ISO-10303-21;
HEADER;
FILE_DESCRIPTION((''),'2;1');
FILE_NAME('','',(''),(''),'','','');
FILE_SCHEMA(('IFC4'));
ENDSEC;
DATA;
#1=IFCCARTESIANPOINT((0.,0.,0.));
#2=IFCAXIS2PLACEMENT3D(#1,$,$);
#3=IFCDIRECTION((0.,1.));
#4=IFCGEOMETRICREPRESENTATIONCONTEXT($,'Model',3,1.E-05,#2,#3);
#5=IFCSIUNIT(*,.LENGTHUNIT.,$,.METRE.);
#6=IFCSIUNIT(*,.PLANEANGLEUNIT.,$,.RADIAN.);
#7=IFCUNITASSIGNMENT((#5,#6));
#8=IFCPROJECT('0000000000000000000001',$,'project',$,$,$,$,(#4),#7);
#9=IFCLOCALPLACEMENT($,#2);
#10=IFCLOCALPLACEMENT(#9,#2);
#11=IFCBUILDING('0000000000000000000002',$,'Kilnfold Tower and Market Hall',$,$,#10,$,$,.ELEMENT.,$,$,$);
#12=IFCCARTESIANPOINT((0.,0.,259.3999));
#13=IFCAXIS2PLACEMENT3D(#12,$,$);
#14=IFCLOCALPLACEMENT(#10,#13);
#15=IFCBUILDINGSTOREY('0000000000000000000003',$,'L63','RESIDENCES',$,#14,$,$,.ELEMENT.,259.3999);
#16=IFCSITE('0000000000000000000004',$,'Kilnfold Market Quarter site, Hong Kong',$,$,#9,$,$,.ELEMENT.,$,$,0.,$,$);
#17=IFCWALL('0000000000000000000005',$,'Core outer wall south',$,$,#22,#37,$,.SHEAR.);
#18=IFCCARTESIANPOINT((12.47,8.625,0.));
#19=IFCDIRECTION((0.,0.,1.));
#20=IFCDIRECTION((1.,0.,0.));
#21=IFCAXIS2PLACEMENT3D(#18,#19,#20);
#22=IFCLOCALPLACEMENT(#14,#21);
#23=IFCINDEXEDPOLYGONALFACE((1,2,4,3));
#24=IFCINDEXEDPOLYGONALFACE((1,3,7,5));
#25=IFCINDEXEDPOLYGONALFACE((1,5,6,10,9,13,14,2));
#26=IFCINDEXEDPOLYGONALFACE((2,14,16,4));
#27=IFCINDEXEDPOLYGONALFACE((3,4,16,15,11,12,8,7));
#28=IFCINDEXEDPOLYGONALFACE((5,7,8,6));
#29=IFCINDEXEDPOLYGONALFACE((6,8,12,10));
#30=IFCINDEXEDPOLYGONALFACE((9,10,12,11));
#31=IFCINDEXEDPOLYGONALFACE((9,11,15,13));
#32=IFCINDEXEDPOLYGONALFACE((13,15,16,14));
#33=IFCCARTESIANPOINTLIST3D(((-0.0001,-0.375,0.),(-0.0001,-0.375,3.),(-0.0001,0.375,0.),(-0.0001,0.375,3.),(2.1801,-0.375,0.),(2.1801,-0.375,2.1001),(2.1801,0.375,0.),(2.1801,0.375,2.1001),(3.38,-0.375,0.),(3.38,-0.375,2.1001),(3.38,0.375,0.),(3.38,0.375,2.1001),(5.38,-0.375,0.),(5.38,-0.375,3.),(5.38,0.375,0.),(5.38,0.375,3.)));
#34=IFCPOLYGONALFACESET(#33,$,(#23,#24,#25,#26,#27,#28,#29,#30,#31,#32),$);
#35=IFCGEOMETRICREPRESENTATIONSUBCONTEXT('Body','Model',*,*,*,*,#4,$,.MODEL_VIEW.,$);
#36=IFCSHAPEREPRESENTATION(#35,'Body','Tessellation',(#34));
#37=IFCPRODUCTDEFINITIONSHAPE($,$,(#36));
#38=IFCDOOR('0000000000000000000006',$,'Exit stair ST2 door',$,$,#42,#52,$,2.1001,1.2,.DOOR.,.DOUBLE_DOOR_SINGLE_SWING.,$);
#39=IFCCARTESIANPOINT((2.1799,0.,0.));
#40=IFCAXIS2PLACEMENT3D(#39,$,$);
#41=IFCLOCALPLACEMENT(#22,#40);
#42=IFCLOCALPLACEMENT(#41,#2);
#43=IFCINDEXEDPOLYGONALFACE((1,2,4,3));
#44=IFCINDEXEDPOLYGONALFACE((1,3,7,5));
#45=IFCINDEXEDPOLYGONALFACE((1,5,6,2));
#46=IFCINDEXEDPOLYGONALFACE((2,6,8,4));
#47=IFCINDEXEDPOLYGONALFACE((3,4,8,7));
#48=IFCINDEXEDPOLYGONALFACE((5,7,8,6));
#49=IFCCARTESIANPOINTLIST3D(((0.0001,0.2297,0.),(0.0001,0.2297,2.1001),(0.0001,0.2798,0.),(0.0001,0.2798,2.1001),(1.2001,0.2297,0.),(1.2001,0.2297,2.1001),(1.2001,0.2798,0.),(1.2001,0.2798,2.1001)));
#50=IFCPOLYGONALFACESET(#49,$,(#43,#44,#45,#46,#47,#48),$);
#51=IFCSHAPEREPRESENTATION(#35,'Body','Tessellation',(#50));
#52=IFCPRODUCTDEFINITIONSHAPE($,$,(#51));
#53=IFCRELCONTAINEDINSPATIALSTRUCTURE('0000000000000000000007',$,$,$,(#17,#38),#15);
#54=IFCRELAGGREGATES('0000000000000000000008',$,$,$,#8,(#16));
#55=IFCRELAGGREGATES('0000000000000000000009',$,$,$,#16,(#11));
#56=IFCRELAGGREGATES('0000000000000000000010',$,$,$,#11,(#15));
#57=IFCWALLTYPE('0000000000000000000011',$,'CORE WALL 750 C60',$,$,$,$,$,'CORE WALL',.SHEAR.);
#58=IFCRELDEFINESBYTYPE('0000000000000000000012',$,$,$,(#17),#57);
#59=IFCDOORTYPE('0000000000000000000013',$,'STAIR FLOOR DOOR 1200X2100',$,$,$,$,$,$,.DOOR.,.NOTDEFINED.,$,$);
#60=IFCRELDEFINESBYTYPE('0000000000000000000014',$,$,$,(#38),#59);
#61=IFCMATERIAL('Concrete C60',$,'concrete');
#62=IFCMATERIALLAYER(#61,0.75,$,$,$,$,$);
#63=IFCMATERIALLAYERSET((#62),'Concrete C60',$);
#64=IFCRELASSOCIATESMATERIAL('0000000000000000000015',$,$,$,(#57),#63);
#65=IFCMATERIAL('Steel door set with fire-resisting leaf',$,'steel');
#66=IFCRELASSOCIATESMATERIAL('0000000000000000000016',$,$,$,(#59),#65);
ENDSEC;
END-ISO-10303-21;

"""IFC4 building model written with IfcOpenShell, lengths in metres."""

from ifc_helpers import new_model, si_unit, direction, frame, frame_2d, origin, place, context, subcontext, project, spatial, rectangle, extrude, source, transform, mapped, material, layer, layer_set, type_object, element, fill, save


model = new_model("IFC4")

# Units and contexts
model_context = context("Model", 3, precision=1e-05, world=origin(), true_north=direction((0.0, 1.0)))
body_context = subcontext(model_context, "Body", "Model", "MODEL_VIEW")
ifc_project = project(units=[si_unit("LENGTHUNIT", "METRE"), si_unit("PLANEANGLEUNIT", "RADIAN")], contexts=[model_context])

# Site, building, storey
site_placement = place(None, origin())
site = spatial("IfcSite", under=ifc_project, at=site_placement, Name="Kilnfold Market Quarter site, Hong Kong", CompositionType="ELEMENT", RefElevation=0.0)
building_placement = place(site_placement, origin())
building = spatial("IfcBuilding", under=site, at=building_placement, Name="Kilnfold Tower and Market Hall", CompositionType="ELEMENT")
storey_placement = place(building_placement, frame((0.0, 0.0, 259.3999)))
storey = spatial("IfcBuildingStorey", under=building, at=storey_placement, Name="L63", Description="RESIDENCES", CompositionType="ELEMENT", Elevation=259.3999)

# Shared definitions
ifc_material_1 = material(Name="Concrete C60", Category="concrete")
ifc_layer_1 = layer(ifc_material_1, 0.75)
ifc_layer_set_1 = layer_set([ifc_layer_1], Name="Concrete C60")
wall_type_1 = type_object("IfcWallType", Name="CORE WALL 750 C60", ElementType="CORE WALL", PredefinedType="SHEAR", material=ifc_layer_set_1)

# Wall, opening, door
shared_shape_1 = source(origin(), body_context, "Body", "SweptSolid", [
    extrude(rectangle(XDim=5.3801, YDim=0.75, at=frame_2d((2.6899, 0.0))), origin(), (0.0, 0.0, 1.0), 3.0),
])
wall_1_placement = place(storey_placement, frame((12.47, 8.625, 0.0), z_axis=(0.0, 0.0, 1.0), x_axis=(1.0, 0.0, 0.0)))
wall_1 = element("IfcWall", 1, at=wall_1_placement, inside=storey, type_object=wall_type_1, Name="Core outer wall south", PredefinedType="SHEAR", context=body_context, shape_type="MappedRepresentation", body=[
    mapped(shared_shape_1, transform((0.0, 0.0, 0.0))),
])
opening_1_placement = place(wall_1_placement, frame((2.1799, 0.0, 0.0)))
opening_1 = element("IfcOpeningElement", 2, at=opening_1_placement, cuts=wall_1, PredefinedType="OPENING", context=body_context, shape_type="SweptSolid", body=[
    extrude(rectangle(XDim=1.2, YDim=2.1001, at=frame_2d((0.6001, 1.05))), frame((0.0, 0.385, 0.0), z_axis=(0.0, -1.0, 0.0), x_axis=(1.0, 0.0, 0.0)), (0.0, 0.0, 1.0), 0.77),
])
ifc_material_2 = material(Name="Steel door set with fire-resisting leaf", Category="steel")
door_type_1 = type_object("IfcDoorType", Name="STAIR FLOOR DOOR 1200X2100", OperationType="NOTDEFINED", PredefinedType="DOOR", material=ifc_material_2)
door_1_placement = place(opening_1_placement, origin())
door_1 = element("IfcDoor", 3, at=door_1_placement, inside=storey, type_object=door_type_1, Name="Exit stair ST2 door", OperationType="DOUBLE_DOOR_SINGLE_SWING", OverallHeight=2.1001, OverallWidth=1.2, PredefinedType="DOOR", context=body_context, shape_type="SweptSolid", body=[
    extrude(rectangle(XDim=1.2, YDim=2.1001, at=frame_2d((0.6001, 1.05))), frame((0.0, 0.2798, 0.0), z_axis=(0.0, -1.0, 0.0), x_axis=(1.0, 0.0, 0.0)), (0.0, 0.0, 1.0), 0.05),
])
fill(opening_1, door_1)

save(model, "model.ifc")
